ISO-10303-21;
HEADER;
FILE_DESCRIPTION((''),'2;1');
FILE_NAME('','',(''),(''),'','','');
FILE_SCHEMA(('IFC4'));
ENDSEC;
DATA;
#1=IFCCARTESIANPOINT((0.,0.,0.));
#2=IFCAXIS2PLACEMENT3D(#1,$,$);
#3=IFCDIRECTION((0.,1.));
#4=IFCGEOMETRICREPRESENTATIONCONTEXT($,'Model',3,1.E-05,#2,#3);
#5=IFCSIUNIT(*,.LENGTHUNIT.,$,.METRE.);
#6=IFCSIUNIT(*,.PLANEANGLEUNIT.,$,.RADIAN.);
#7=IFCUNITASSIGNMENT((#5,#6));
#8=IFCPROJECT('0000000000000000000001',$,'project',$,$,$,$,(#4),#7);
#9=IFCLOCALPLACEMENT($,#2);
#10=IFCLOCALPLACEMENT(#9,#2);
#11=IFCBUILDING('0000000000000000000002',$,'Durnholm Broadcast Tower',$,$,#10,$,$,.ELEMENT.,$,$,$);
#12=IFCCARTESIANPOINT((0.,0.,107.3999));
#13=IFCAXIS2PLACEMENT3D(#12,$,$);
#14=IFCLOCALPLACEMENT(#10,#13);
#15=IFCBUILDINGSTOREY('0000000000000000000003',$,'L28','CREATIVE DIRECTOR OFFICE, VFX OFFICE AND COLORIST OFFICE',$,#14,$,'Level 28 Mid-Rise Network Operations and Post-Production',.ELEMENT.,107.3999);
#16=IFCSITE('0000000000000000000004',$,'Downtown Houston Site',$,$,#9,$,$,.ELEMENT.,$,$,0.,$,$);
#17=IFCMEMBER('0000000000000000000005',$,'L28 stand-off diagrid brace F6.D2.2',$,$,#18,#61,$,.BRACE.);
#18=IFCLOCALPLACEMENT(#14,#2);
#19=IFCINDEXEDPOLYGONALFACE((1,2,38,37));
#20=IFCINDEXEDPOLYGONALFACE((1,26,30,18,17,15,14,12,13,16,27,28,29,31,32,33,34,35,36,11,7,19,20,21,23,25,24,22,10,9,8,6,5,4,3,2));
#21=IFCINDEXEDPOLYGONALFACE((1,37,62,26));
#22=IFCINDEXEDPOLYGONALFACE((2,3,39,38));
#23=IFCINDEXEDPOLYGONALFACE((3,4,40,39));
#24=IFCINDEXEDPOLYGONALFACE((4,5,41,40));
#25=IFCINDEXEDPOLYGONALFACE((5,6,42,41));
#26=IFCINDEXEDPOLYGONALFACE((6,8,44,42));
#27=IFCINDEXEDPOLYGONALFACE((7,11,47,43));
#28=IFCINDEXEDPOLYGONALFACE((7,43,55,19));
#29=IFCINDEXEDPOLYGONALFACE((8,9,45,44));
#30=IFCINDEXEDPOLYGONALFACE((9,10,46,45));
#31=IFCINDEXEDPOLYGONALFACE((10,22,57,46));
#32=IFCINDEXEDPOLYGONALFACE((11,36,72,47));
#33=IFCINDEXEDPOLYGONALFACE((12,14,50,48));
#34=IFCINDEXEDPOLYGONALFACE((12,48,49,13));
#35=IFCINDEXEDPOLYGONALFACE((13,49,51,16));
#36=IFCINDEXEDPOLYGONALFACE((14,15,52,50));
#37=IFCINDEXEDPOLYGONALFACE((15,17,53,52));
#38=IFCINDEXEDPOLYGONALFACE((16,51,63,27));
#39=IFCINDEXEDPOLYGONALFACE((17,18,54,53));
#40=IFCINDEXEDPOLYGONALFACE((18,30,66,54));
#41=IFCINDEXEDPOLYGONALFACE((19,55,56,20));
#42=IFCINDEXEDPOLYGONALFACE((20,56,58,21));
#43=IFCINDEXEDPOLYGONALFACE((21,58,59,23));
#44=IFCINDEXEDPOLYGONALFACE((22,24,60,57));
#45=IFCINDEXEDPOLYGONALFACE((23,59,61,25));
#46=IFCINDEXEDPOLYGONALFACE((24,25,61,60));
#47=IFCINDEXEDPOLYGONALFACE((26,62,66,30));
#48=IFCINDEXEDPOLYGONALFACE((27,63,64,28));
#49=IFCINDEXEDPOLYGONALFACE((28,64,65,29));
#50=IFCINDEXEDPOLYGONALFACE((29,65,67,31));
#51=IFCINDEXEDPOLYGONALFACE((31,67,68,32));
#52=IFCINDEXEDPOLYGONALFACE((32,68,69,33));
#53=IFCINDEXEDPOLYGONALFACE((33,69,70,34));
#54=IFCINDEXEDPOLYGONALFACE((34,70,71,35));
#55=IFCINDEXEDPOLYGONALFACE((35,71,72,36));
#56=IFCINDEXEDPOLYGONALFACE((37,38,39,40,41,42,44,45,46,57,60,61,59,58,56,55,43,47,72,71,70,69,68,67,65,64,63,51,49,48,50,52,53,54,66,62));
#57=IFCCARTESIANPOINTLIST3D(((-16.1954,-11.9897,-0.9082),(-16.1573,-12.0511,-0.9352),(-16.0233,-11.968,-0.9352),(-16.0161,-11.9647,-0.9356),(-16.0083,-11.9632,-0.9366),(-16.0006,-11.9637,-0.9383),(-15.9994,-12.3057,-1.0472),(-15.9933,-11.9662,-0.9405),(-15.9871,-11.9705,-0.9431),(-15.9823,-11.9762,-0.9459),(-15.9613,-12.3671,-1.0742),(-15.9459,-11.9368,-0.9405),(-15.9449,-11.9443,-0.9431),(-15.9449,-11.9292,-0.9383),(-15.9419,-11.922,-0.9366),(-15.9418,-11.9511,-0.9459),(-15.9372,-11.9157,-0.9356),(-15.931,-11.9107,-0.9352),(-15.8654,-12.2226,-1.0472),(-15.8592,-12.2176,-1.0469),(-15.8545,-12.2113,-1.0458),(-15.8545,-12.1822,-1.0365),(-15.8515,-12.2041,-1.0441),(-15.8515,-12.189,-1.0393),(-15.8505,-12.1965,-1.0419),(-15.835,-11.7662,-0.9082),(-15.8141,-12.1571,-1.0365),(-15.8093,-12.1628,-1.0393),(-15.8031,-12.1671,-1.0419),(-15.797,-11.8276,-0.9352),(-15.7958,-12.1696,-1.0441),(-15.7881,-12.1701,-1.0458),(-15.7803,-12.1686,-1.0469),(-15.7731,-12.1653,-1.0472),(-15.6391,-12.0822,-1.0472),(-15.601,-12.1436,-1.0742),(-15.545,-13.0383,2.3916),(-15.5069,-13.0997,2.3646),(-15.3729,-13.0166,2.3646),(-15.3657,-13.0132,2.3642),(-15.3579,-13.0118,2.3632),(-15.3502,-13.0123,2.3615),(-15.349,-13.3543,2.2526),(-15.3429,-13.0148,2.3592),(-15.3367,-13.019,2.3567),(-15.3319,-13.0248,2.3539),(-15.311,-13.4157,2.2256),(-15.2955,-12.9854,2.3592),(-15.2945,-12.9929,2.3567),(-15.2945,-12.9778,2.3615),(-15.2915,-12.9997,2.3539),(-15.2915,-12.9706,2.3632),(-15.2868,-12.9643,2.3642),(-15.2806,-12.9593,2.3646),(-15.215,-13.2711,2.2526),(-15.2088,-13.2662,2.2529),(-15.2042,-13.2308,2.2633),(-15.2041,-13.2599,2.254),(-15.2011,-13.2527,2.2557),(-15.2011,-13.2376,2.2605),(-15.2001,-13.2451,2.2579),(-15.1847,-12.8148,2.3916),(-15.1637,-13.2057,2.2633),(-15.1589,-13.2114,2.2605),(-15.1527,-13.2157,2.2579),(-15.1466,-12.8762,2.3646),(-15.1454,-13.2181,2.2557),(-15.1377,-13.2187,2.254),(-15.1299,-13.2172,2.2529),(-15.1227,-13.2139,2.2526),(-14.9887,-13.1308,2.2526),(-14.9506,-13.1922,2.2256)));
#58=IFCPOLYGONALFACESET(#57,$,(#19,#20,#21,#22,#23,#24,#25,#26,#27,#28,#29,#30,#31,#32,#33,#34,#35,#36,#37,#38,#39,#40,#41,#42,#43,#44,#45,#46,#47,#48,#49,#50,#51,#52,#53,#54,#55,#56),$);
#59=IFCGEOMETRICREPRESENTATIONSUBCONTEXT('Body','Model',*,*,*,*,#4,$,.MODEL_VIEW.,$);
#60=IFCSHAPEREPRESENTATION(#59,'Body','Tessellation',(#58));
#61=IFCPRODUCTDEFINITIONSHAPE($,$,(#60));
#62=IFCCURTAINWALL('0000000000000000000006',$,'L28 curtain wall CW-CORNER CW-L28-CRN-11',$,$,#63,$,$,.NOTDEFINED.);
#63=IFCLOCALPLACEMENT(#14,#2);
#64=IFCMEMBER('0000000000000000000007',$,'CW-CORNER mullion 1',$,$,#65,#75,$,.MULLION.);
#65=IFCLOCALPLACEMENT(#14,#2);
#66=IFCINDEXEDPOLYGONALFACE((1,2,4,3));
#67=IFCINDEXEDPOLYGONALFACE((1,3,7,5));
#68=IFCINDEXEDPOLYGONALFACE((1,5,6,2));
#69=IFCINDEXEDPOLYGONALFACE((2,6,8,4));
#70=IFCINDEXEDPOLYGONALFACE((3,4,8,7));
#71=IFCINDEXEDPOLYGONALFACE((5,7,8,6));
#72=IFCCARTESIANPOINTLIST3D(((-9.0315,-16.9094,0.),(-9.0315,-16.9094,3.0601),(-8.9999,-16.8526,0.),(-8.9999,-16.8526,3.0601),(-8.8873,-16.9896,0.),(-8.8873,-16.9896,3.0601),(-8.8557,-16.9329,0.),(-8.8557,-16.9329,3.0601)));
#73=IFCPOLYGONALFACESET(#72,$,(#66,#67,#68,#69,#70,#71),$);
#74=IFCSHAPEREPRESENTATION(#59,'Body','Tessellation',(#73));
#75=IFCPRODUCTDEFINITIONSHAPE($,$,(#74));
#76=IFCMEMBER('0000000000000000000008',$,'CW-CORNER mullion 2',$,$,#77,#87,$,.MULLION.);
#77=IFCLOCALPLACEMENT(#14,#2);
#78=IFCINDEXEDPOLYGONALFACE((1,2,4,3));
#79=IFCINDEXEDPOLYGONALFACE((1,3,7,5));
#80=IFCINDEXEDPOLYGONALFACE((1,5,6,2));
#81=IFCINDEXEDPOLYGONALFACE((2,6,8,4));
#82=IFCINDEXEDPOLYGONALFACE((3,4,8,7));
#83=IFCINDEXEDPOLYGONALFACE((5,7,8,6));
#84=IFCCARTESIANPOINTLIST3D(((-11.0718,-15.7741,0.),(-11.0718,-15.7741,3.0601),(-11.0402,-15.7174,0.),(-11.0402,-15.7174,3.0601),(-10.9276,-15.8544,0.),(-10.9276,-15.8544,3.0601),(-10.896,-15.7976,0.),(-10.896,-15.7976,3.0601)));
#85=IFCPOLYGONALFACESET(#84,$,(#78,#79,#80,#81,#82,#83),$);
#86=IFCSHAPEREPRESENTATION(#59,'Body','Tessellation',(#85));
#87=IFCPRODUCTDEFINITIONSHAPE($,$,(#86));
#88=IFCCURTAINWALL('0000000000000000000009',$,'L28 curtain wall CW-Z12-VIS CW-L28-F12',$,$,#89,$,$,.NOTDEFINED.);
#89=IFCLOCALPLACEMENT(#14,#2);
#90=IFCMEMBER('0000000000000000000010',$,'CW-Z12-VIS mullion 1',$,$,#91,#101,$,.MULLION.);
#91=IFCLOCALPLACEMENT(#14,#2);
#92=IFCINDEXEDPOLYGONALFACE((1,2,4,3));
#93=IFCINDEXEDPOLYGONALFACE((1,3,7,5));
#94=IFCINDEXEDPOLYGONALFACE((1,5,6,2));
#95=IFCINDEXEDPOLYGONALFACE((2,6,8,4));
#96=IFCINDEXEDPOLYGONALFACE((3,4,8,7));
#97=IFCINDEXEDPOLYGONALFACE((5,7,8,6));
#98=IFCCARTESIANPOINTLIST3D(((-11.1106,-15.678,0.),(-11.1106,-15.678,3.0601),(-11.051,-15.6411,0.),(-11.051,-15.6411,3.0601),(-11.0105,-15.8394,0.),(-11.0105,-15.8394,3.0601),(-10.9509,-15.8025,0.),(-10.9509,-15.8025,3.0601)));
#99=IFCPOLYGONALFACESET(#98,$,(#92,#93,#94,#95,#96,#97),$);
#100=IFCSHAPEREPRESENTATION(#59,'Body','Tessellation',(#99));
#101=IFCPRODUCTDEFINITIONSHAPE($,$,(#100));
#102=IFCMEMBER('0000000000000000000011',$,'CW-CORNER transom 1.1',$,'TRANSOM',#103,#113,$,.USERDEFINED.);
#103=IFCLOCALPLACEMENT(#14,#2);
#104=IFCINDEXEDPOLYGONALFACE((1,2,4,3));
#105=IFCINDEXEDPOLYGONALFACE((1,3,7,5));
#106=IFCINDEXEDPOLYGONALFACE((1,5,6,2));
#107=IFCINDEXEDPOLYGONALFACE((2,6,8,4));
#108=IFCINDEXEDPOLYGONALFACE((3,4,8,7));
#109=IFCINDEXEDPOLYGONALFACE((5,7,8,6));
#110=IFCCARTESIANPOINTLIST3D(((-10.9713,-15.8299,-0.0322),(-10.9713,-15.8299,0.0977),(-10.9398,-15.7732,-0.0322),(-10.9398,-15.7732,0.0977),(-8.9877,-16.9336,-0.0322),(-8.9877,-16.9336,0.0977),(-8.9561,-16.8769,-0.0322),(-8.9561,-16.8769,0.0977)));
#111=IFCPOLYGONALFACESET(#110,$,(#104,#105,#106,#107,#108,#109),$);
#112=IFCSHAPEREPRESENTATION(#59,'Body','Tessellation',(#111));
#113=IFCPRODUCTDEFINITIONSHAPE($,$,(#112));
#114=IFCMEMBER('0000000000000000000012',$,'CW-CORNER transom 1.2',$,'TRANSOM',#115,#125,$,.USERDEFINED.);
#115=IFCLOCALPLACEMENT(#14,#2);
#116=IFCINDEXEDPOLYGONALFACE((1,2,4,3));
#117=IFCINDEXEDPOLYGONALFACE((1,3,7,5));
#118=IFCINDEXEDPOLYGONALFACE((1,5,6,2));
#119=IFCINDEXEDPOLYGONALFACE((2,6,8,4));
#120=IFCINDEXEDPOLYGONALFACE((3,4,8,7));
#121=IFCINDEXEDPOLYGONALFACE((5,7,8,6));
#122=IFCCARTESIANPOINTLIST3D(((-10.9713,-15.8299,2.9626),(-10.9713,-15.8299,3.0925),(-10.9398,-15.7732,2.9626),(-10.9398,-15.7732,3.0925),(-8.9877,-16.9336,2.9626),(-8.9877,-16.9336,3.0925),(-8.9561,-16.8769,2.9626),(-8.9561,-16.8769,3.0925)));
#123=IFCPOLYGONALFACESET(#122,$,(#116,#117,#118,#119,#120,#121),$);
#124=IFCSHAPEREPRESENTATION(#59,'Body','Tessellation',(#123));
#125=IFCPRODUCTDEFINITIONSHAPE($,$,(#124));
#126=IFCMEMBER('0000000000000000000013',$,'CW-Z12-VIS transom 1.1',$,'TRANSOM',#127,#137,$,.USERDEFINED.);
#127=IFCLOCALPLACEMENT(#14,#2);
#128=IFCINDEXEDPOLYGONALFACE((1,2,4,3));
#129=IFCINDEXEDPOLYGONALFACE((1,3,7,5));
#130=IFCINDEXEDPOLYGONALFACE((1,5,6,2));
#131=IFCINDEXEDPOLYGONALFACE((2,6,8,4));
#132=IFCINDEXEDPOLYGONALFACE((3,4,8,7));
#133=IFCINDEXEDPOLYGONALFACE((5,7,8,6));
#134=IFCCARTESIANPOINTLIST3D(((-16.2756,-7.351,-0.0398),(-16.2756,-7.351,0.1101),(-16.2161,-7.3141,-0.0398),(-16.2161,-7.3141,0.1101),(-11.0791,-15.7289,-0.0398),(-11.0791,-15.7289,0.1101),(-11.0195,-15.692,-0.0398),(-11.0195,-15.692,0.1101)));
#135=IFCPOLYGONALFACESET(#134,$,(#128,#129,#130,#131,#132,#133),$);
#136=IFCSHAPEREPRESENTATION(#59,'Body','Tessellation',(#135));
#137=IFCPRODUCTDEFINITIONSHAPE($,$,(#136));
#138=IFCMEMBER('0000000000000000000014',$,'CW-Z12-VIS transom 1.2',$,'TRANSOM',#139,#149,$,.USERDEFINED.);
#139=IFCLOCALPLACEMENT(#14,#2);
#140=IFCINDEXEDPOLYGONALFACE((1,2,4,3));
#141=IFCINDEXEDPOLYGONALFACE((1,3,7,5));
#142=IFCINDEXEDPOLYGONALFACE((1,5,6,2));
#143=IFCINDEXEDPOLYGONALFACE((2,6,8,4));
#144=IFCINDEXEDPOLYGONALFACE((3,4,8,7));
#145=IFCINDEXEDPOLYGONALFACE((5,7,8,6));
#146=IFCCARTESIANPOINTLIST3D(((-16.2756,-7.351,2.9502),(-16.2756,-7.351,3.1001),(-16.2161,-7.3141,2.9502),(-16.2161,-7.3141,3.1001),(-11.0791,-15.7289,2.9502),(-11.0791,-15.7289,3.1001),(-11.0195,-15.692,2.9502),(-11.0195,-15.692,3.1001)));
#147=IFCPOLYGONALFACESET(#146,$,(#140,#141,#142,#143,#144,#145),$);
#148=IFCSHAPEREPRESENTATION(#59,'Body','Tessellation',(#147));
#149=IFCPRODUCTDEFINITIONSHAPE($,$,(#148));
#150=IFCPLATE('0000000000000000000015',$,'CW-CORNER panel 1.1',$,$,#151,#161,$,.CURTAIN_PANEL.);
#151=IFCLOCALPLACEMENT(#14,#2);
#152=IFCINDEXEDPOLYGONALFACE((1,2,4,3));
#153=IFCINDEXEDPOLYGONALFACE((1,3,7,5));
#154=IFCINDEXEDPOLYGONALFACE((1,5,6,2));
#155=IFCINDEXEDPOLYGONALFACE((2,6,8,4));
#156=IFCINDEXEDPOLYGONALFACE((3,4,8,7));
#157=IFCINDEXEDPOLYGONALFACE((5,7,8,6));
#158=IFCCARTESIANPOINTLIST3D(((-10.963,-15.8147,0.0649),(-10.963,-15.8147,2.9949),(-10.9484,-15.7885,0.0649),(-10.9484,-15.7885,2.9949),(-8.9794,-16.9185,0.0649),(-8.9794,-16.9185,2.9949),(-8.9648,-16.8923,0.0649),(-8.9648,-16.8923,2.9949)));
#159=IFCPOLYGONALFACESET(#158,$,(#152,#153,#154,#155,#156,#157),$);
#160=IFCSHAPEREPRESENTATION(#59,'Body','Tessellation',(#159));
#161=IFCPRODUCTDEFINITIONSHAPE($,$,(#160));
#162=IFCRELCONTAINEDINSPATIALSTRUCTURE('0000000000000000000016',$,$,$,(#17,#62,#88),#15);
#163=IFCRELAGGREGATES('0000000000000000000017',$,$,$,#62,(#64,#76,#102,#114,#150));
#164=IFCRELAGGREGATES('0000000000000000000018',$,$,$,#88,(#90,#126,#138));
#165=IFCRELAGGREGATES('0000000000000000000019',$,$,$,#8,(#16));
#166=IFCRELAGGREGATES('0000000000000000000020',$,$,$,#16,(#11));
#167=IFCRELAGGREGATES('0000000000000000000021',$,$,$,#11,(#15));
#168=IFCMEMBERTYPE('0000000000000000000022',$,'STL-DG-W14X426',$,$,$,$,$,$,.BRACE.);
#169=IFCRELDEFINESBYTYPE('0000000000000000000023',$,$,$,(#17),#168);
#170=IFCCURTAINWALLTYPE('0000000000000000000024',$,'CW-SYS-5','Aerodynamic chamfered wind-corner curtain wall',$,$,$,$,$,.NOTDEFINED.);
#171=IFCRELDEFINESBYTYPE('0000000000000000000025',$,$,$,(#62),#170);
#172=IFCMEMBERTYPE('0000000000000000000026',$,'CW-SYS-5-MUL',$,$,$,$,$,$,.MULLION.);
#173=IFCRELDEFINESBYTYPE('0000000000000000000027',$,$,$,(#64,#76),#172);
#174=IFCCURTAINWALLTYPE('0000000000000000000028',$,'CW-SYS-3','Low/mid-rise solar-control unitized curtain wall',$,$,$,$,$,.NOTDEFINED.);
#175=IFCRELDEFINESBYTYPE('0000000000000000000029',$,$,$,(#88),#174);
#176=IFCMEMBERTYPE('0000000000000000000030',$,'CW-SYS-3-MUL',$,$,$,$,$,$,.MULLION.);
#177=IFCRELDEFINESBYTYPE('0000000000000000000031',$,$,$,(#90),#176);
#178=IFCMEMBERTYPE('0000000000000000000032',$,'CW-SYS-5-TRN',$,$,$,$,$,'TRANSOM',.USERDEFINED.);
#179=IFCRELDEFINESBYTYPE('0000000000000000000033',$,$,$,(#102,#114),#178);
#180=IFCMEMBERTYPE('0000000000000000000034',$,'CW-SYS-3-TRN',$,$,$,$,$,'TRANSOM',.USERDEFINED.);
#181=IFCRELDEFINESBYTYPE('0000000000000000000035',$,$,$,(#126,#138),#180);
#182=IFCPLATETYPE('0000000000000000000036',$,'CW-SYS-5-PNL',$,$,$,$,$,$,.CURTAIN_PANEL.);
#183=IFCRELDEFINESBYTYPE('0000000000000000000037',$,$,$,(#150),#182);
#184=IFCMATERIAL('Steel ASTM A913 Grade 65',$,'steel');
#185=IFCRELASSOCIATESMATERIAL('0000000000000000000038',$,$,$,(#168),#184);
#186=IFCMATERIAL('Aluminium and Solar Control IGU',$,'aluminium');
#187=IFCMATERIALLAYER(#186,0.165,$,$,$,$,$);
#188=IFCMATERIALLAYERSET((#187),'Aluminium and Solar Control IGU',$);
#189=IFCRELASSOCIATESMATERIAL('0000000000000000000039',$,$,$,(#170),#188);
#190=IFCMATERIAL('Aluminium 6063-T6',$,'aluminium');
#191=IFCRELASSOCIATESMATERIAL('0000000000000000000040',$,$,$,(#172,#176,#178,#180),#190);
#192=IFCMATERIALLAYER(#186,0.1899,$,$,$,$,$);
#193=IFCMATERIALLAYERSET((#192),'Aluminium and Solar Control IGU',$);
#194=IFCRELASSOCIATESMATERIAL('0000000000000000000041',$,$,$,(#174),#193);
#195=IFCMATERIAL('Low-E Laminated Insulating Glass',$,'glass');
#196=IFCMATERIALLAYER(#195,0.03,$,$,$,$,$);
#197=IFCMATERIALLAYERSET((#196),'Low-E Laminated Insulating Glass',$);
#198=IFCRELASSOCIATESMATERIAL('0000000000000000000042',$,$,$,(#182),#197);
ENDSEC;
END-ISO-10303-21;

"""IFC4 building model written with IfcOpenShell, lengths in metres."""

from ifc_helpers import new_model, si_unit, direction, frame, origin, origin_2d, place, context, subcontext, project, spatial, rectangle, i_section, extrude, source, transform, mapped, material, layer, layer_set, material_profile, profile_set, type_object, type_shapes, element, aggregate, save


model = new_model("IFC4")

# Units and contexts
model_context = context("Model", 3, precision=1e-05, world=origin(), true_north=direction((0.0, 1.0)))
body_context = subcontext(model_context, "Body", "Model", "MODEL_VIEW")
ifc_project = project(units=[si_unit("LENGTHUNIT", "METRE"), si_unit("PLANEANGLEUNIT", "RADIAN")], contexts=[model_context])

# Site, building, storey
site_placement = place(None, origin())
site = spatial("IfcSite", under=ifc_project, at=site_placement, Name="Downtown Houston Site", CompositionType="ELEMENT", RefElevation=0.0)
building_placement = place(site_placement, origin())
building = spatial("IfcBuilding", under=site, at=building_placement, Name="Durnholm Broadcast Tower", CompositionType="ELEMENT")
storey_placement = place(building_placement, frame((0.0, 0.0, 107.3999)))
storey = spatial("IfcBuildingStorey", under=building, at=storey_placement, Name="L28", Description="CREATIVE DIRECTOR OFFICE, VFX OFFICE AND COLORIST OFFICE", LongName="Level 28 Mid-Rise Network Operations and Post-Production", CompositionType="ELEMENT", Elevation=107.3999)

# Member
ifc_material_1 = material(Name="Steel ASTM A913 Grade 65", Category="steel")
ifc_material_profile_1 = material_profile(ifc_material_1, i_section(OverallWidth=0.4241, OverallDepth=0.4741, WebThickness=0.0476, FlangeThickness=0.0771, FilletRadius=0.0305, at=origin_2d()), Name="W14X426")
ifc_profile_set_1 = profile_set([ifc_material_profile_1], Name="Steel ASTM A913 Grade 65")
member_type_1 = type_object("IfcMemberType", Name="STL-DG-W14X426", PredefinedType="BRACE", material=ifc_profile_set_1)
shared_shape_1 = source(origin(), body_context, "Body", "SweptSolid", [
    extrude(i_section(OverallWidth=0.4241, OverallDepth=0.4741, WebThickness=0.0476, FlangeThickness=0.0771, FilletRadius=0.0305, at=origin_2d()), origin(), (0.0, 0.0, 1.0), 3.5229),
])
type_shapes(member_type_1, [shared_shape_1])
for number, where, z_axis, x_axis, name in (
    (1, (-15.8982, -12.0667, -0.9912), (0.184615, -0.297643, 0.936657), (0.849805, 0.527097, 0.0), "L28 stand-off diagrid brace F6.D2.2"),
):
    element("IfcMember", number, at=place(storey_placement, frame(where, z_axis=z_axis, x_axis=x_axis)), inside=storey, type_object=member_type_1, Name=name, PredefinedType="BRACE", context=body_context, shape_type="MappedRepresentation", body=[
        mapped(shared_shape_1, transform((0.0, 0.0, 0.0), x_axis=(1.0, 0.0, 0.0), y_axis=(0.0, 1.0, 0.0), z_axis=(0.0, 0.0, 1.0), scale=1.0)),
    ])

# Curtain wall, members
ifc_material_2 = material(Name="Aluminium and Solar Control IGU", Category="aluminium")
ifc_layer_1 = layer(ifc_material_2, 0.165)
ifc_layer_set_1 = layer_set([ifc_layer_1], Name="Aluminium and Solar Control IGU")
curtain_wall_type_1 = type_object("IfcCurtainWallType", Name="CW-SYS-5", Description="Aerodynamic chamfered wind-corner curtain wall", PredefinedType="NOTDEFINED", material=ifc_layer_set_1)
curtain_wall_1_placement = place(storey_placement, origin())
curtain_wall_1 = element("IfcCurtainWall", 2, at=curtain_wall_1_placement, inside=storey, type_object=curtain_wall_type_1, Name="L28 curtain wall CW-CORNER CW-L28-CRN-11", PredefinedType="NOTDEFINED")
ifc_material_3 = material(Name="Aluminium 6063-T6", Category="aluminium")
ifc_material_profile_2 = material_profile(ifc_material_3, rectangle(XDim=0.0649, YDim=0.165, at=origin_2d()), Name="CWM65X165")
ifc_profile_set_2 = profile_set([ifc_material_profile_2], Name="Aluminium 6063-T6")
member_type_2 = type_object("IfcMemberType", Name="CW-SYS-5-MUL", PredefinedType="MULLION", material=ifc_profile_set_2)
shared_shape_2 = source(origin(), body_context, "Body", "SweptSolid", [
    extrude(rectangle(XDim=0.0649, YDim=0.165, at=origin_2d()), origin(), (0.0, 0.0, 1.0), 3.0601),
])
type_shapes(member_type_2, [shared_shape_2])
member_1_placement = place(storey_placement, frame((-8.9436, -16.9211, 0.0), z_axis=(0.0, 0.0, 1.0), x_axis=(-0.486244, -0.873823, 0.0)))
member_1 = element("IfcMember", 3, at=member_1_placement, type_object=member_type_2, Name="CW-CORNER mullion 1", PredefinedType="MULLION", context=body_context, shape_type="MappedRepresentation", body=[
    mapped(shared_shape_2, transform((0.0, 0.0, 0.0), x_axis=(1.0, 0.0, 0.0), y_axis=(0.0, 1.0, 0.0), z_axis=(0.0, 0.0, 1.0), scale=1.0)),
])
member_2_placement = place(storey_placement, frame((-10.9839, -15.7859, 0.0), z_axis=(0.0, 0.0, 1.0), x_axis=(-0.486244, -0.873823, 0.0)))
member_2 = element("IfcMember", 4, at=member_2_placement, type_object=member_type_2, Name="CW-CORNER mullion 2", PredefinedType="MULLION", context=body_context, shape_type="MappedRepresentation", body=[
    mapped(shared_shape_2, transform((0.0, 0.0, 0.0), x_axis=(1.0, 0.0, 0.0), y_axis=(0.0, 1.0, 0.0), z_axis=(0.0, 0.0, 1.0), scale=1.0)),
])

# Curtain wall, member
ifc_layer_2 = layer(ifc_material_2, 0.1899)
ifc_layer_set_2 = layer_set([ifc_layer_2], Name="Aluminium and Solar Control IGU")
curtain_wall_type_2 = type_object("IfcCurtainWallType", Name="CW-SYS-3", Description="Low/mid-rise solar-control unitized curtain wall", PredefinedType="NOTDEFINED", material=ifc_layer_set_2)
curtain_wall_2_placement = place(storey_placement, origin())
curtain_wall_2 = element("IfcCurtainWall", 5, at=curtain_wall_2_placement, inside=storey, type_object=curtain_wall_type_2, Name="L28 curtain wall CW-Z12-VIS CW-L28-F12", PredefinedType="NOTDEFINED")
ifc_material_profile_3 = material_profile(ifc_material_3, rectangle(XDim=0.0701, YDim=0.1899, at=origin_2d()), Name="CWM70X190")
ifc_profile_set_3 = profile_set([ifc_material_profile_3], Name="Aluminium 6063-T6")
member_type_3 = type_object("IfcMemberType", Name="CW-SYS-3-MUL", PredefinedType="MULLION", material=ifc_profile_set_3)
shared_shape_3 = source(origin(), body_context, "Body", "SweptSolid", [
    extrude(rectangle(XDim=0.0701, YDim=0.1899, at=origin_2d()), origin(), (0.0, 0.0, 1.0), 3.0601),
])
type_shapes(member_type_3, [shared_shape_3])
member_3_placement = place(storey_placement, frame((-11.0308, -15.7402, 0.0), z_axis=(0.0, 0.0, 1.0), x_axis=(-0.8498, -0.527105, 0.0)))
member_3 = element("IfcMember", 6, at=member_3_placement, type_object=member_type_3, Name="CW-Z12-VIS mullion 1", PredefinedType="MULLION", context=body_context, shape_type="MappedRepresentation", body=[
    mapped(shared_shape_3, transform((0.0, 0.0, 0.0), x_axis=(1.0, 0.0, 0.0), y_axis=(0.0, 1.0, 0.0), z_axis=(0.0, 0.0, 1.0), scale=1.0)),
])

# Members
ifc_material_profile_4 = material_profile(ifc_material_3, rectangle(XDim=0.0649, YDim=0.1299, at=origin_2d()), Name="CWT65X130")
ifc_profile_set_4 = profile_set([ifc_material_profile_4], Name="Aluminium 6063-T6")
member_type_4 = type_object("IfcMemberType", Name="CW-SYS-5-TRN", ElementType="TRANSOM", PredefinedType="USERDEFINED", material=ifc_profile_set_4)
shared_shape_4 = source(origin(), body_context, "Body", "SweptSolid", [
    extrude(rectangle(XDim=0.0649, YDim=0.1299, at=origin_2d()), origin(), (0.0, 0.0, 1.0), 2.27),
])
type_shapes(member_type_4, [shared_shape_4])
member_4_placement = place(storey_placement, frame((-8.9719, -16.9053, 0.0327), z_axis=(-0.873832, 0.486227, 0.0), x_axis=(-0.486227, -0.873832, 0.0)))
member_4 = element("IfcMember", 7, at=member_4_placement, type_object=member_type_4, Name="CW-CORNER transom 1.1", ObjectType="TRANSOM", PredefinedType="USERDEFINED", context=body_context, shape_type="MappedRepresentation", body=[
    mapped(shared_shape_4, transform((0.0, 0.0, 0.0), x_axis=(1.0, 0.0, 0.0), y_axis=(0.0, 1.0, 0.0), z_axis=(0.0, 0.0, 1.0), scale=1.0)),
])
member_5_placement = place(storey_placement, frame((-8.9719, -16.9053, 3.0276), z_axis=(-0.873832, 0.486227, 0.0), x_axis=(-0.486227, -0.873832, 0.0)))
member_5 = element("IfcMember", 8, at=member_5_placement, type_object=member_type_4, Name="CW-CORNER transom 1.2", ObjectType="TRANSOM", PredefinedType="USERDEFINED", context=body_context, shape_type="MappedRepresentation", body=[
    mapped(shared_shape_4, transform((0.0, 0.0, 0.0), x_axis=(1.0, 0.0, 0.0), y_axis=(0.0, 1.0, 0.0), z_axis=(0.0, 0.0, 1.0), scale=1.0)),
])
ifc_material_profile_5 = material_profile(ifc_material_3, rectangle(XDim=0.0701, YDim=0.1499, at=origin_2d()), Name="CWT70X150")
ifc_profile_set_5 = profile_set([ifc_material_profile_5], Name="Aluminium 6063-T6")
member_type_5 = type_object("IfcMemberType", Name="CW-SYS-3-TRN", ElementType="TRANSOM", PredefinedType="USERDEFINED", material=ifc_profile_set_5)
shared_shape_5 = source(origin(), body_context, "Body", "SweptSolid", [
    extrude(rectangle(XDim=0.0701, YDim=0.1499, at=origin_2d()), origin(), (0.0, 0.0, 1.0), 9.8586),
])
type_shapes(member_type_5, [shared_shape_5])
member_6_placement = place(storey_placement, frame((-11.0493, -15.7104, 0.0352), z_axis=(-0.527102, 0.849802, 0.0), x_axis=(-0.849802, -0.527102, 0.0)))
member_6 = element("IfcMember", 9, at=member_6_placement, type_object=member_type_5, Name="CW-Z12-VIS transom 1.1", ObjectType="TRANSOM", PredefinedType="USERDEFINED", context=body_context, shape_type="MappedRepresentation", body=[
    mapped(shared_shape_5, transform((0.0, 0.0, 0.0), x_axis=(1.0, 0.0, 0.0), y_axis=(0.0, 1.0, 0.0), z_axis=(0.0, 0.0, 1.0), scale=1.0)),
])
member_7_placement = place(storey_placement, frame((-11.0493, -15.7104, 3.0251), z_axis=(-0.527102, 0.849802, 0.0), x_axis=(-0.849802, -0.527102, 0.0)))
member_7 = element("IfcMember", 10, at=member_7_placement, type_object=member_type_5, Name="CW-Z12-VIS transom 1.2", ObjectType="TRANSOM", PredefinedType="USERDEFINED", context=body_context, shape_type="MappedRepresentation", body=[
    mapped(shared_shape_5, transform((0.0, 0.0, 0.0), x_axis=(1.0, 0.0, 0.0), y_axis=(0.0, 1.0, 0.0), z_axis=(0.0, 0.0, 1.0), scale=1.0)),
])

# Plate
ifc_material_4 = material(Name="Low-E Laminated Insulating Glass", Category="glass")
ifc_layer_3 = layer(ifc_material_4, 0.03)
ifc_layer_set_3 = layer_set([ifc_layer_3], Name="Low-E Laminated Insulating Glass")
plate_type_1 = type_object("IfcPlateType", Name="CW-SYS-5-PNL", PredefinedType="CURTAIN_PANEL", material=ifc_layer_set_3)
shared_shape_6 = source(origin(), body_context, "Body", "SweptSolid", [
    extrude(rectangle(XDim=2.27, YDim=0.03, at=origin_2d()), origin(), (0.0, 0.0, 1.0), 2.9299),
])
type_shapes(plate_type_1, [shared_shape_6])
plate_1_placement = place(storey_placement, frame((-9.9639, -16.3535, 0.0649), z_axis=(0.0, 0.0, 1.0), x_axis=(-0.873823, 0.486244, 0.0)))
plate_1 = element("IfcPlate", 11, at=plate_1_placement, type_object=plate_type_1, Name="CW-CORNER panel 1.1", PredefinedType="CURTAIN_PANEL", context=body_context, shape_type="MappedRepresentation", body=[
    mapped(shared_shape_6, transform((0.0, 0.0, 0.0), x_axis=(1.0, 0.0, 0.0), y_axis=(0.0, 1.0, 0.0), z_axis=(0.0, 0.0, 1.0), scale=1.0)),
])
aggregate(curtain_wall_1, [member_1, member_2, member_4, member_5, plate_1])
aggregate(curtain_wall_2, [member_3, member_6, member_7])

save(model, "model.ifc")
